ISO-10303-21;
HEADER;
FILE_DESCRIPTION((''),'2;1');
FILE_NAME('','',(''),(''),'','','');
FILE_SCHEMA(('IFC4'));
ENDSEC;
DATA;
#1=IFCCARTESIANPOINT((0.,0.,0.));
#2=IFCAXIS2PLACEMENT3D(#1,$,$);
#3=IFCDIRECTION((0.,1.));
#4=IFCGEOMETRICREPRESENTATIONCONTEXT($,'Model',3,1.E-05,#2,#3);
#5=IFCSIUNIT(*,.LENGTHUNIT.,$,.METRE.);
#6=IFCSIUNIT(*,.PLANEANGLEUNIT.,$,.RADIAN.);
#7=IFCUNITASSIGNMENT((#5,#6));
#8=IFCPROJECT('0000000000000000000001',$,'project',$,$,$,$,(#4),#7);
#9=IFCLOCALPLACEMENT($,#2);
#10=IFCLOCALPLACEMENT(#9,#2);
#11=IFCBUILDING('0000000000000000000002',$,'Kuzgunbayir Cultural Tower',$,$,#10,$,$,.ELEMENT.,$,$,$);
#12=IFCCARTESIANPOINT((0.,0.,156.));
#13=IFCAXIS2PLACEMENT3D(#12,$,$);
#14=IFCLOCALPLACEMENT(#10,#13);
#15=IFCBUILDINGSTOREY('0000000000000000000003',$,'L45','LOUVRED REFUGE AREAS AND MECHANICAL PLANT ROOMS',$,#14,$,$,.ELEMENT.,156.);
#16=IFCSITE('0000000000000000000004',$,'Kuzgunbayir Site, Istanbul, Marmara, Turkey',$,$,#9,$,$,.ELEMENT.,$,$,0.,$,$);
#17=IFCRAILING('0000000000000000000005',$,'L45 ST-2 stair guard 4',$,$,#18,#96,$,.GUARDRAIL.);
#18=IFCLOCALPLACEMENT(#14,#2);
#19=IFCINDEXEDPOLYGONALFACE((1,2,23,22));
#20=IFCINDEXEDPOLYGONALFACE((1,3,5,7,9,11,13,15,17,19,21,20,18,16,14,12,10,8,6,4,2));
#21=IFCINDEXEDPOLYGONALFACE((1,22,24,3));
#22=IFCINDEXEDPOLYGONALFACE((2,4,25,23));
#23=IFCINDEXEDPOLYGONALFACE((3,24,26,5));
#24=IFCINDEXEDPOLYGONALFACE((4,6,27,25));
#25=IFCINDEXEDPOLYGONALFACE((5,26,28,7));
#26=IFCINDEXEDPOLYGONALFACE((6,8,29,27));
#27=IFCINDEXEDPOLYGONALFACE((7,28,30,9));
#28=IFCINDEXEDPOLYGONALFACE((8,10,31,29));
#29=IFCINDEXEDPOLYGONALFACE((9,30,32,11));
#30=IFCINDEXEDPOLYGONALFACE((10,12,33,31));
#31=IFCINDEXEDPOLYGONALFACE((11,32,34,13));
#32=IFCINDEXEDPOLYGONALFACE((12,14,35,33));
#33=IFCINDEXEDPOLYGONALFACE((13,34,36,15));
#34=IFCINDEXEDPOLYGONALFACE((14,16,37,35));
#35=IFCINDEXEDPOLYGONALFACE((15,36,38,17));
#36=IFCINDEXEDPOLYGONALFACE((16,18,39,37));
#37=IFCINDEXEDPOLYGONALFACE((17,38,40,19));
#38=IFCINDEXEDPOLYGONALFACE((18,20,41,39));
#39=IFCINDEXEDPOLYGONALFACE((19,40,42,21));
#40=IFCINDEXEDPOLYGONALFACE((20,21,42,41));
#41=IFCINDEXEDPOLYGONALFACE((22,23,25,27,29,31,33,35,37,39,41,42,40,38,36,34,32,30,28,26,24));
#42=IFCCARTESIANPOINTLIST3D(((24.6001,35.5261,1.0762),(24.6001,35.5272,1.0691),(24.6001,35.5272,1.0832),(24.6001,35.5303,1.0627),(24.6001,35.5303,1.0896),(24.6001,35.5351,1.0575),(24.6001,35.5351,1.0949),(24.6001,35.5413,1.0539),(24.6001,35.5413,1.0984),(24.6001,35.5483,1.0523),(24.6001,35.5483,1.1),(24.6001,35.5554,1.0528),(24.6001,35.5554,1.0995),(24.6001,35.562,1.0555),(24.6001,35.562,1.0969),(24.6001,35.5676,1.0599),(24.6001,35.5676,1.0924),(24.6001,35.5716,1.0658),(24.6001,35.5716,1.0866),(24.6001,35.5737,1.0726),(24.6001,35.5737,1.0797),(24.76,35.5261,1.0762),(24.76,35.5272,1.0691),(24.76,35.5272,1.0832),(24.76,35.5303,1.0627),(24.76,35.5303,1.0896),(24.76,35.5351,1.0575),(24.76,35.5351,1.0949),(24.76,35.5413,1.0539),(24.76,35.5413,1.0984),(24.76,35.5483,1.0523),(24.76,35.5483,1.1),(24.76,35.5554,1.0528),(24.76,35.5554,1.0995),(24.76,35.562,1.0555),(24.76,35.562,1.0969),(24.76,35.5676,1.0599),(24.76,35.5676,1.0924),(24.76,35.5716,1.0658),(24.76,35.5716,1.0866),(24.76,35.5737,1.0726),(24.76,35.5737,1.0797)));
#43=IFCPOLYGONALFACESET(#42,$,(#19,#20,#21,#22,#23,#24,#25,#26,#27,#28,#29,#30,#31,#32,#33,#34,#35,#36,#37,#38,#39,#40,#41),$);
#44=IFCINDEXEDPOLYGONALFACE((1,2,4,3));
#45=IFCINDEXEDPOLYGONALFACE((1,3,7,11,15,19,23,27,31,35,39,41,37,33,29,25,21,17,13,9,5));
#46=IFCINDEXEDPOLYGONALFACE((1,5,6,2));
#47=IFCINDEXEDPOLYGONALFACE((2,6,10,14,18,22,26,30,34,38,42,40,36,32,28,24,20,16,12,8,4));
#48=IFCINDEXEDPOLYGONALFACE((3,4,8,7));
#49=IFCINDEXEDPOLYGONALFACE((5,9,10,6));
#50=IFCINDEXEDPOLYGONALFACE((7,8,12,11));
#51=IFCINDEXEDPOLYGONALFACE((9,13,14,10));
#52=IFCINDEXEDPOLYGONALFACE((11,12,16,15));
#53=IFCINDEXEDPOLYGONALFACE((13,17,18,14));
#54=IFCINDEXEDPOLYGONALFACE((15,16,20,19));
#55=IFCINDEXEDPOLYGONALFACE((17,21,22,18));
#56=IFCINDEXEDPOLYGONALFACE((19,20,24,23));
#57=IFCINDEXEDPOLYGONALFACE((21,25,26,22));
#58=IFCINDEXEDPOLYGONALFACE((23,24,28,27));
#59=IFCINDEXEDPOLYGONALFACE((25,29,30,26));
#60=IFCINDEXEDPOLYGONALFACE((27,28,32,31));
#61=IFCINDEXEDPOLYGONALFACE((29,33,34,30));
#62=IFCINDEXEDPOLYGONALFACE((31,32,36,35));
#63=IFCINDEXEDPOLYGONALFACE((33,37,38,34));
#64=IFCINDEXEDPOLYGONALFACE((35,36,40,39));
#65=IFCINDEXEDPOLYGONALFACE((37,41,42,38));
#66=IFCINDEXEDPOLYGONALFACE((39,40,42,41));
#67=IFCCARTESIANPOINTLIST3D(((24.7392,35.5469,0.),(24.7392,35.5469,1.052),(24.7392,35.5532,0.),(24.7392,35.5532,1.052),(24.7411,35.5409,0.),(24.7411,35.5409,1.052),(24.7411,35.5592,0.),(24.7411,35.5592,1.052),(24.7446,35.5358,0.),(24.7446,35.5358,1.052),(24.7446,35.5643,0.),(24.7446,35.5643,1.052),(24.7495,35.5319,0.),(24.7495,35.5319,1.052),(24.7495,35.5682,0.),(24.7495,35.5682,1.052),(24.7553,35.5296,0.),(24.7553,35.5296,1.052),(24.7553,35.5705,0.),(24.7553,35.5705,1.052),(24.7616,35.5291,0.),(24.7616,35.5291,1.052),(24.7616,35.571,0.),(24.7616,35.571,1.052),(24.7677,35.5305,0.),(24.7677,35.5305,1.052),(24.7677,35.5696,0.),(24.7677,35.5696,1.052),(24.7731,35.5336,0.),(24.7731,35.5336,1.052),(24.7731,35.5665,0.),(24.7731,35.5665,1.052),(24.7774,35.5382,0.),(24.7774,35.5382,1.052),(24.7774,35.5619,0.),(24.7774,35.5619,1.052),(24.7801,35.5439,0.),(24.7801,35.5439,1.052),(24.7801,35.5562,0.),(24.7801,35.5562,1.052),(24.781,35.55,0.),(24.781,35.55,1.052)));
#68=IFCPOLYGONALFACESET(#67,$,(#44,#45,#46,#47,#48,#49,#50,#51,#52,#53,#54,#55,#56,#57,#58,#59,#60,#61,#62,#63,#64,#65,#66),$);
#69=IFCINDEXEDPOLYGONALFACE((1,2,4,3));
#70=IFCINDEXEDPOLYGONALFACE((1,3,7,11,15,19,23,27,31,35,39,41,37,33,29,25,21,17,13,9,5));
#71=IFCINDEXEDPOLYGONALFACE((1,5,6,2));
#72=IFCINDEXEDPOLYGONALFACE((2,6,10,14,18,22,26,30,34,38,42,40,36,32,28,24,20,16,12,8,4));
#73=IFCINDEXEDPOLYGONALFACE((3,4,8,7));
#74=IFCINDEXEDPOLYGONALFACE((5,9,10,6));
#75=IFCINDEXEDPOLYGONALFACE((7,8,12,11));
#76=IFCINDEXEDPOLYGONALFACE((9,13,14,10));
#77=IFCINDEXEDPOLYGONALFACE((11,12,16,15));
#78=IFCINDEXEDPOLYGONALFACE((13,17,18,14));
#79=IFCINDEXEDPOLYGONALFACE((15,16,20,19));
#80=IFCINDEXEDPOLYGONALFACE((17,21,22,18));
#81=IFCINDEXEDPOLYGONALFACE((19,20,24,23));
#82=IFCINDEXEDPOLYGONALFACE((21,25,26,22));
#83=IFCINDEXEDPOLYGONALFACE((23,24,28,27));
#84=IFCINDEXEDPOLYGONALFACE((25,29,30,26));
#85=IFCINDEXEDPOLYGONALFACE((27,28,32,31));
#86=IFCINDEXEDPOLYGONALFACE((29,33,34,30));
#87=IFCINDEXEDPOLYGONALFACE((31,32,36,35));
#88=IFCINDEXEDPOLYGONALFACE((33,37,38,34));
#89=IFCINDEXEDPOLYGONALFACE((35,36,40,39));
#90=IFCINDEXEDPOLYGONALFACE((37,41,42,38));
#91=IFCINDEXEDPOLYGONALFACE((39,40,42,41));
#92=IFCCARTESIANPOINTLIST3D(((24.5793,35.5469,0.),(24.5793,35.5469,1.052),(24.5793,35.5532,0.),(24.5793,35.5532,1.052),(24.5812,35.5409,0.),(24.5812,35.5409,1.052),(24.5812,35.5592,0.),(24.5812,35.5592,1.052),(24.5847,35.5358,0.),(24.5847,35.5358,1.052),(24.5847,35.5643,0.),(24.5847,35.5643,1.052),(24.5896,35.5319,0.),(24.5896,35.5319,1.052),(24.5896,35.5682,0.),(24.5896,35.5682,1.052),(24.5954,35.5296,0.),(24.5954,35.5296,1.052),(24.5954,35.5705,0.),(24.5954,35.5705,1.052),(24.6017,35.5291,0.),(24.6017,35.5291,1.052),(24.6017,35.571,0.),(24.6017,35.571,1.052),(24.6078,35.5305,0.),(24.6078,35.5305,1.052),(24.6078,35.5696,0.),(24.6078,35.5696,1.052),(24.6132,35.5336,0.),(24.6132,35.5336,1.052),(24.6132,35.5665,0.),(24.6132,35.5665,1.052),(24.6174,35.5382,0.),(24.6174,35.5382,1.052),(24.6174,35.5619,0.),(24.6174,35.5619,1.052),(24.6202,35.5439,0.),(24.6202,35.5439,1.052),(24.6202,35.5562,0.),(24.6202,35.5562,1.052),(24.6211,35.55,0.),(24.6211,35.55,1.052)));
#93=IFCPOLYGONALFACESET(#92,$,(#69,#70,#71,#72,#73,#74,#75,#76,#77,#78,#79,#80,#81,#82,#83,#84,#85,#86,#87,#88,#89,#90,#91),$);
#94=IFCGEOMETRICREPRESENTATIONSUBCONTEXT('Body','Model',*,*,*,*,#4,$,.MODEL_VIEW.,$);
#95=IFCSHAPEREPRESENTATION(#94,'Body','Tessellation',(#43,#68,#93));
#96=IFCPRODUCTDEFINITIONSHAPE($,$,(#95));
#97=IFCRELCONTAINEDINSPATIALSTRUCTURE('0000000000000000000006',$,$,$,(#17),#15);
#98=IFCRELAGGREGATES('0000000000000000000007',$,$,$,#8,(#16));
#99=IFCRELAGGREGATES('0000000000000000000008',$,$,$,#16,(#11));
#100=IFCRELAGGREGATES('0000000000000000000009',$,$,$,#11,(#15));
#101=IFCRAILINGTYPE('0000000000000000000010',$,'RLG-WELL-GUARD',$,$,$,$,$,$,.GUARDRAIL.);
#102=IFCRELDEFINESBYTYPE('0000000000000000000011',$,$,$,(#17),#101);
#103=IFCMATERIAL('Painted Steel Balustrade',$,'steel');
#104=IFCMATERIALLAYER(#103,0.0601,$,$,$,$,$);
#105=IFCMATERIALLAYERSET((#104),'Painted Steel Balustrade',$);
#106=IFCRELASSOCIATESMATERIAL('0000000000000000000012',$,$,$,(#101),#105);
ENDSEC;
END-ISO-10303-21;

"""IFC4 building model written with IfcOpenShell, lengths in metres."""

from ifc_helpers import new_model, si_unit, direction, frame, origin, origin_2d, place, context, subcontext, project, spatial, circle, extrude, material, layer, layer_set, type_object, element, save


model = new_model("IFC4")

# Units and contexts
model_context = context("Model", 3, precision=1e-05, world=origin(), true_north=direction((0.0, 1.0)))
body_context = subcontext(model_context, "Body", "Model", "MODEL_VIEW")
ifc_project = project(units=[si_unit("LENGTHUNIT", "METRE"), si_unit("PLANEANGLEUNIT", "RADIAN")], contexts=[model_context])

# Site, building, storey
site_placement = place(None, origin())
site = spatial("IfcSite", under=ifc_project, at=site_placement, Name="Kuzgunbayir Site, Istanbul, Marmara, Turkey", CompositionType="ELEMENT", RefElevation=0.0)
building_placement = place(site_placement, origin())
building = spatial("IfcBuilding", under=site, at=building_placement, Name="Kuzgunbayir Cultural Tower", CompositionType="ELEMENT")
storey_placement = place(building_placement, frame((0.0, 0.0, 156.0)))
storey = spatial("IfcBuildingStorey", under=building, at=storey_placement, Name="L45", Description="LOUVRED REFUGE AREAS AND MECHANICAL PLANT ROOMS", CompositionType="ELEMENT", Elevation=156.0)

# Railing
ifc_material_1 = material(Name="Painted Steel Balustrade", Category="steel")
ifc_layer_1 = layer(ifc_material_1, 0.0601)
ifc_layer_set_1 = layer_set([ifc_layer_1], Name="Painted Steel Balustrade")
railing_type_1 = type_object("IfcRailingType", Name="RLG-WELL-GUARD", PredefinedType="GUARDRAIL", material=ifc_layer_set_1)
railing_1_placement = place(storey_placement, frame((24.76, 35.55, 0.0)))
element("IfcRailing", 1, at=railing_1_placement, inside=storey, type_object=railing_type_1, Name="L45 ST-2 stair guard 4", PredefinedType="GUARDRAIL", context=body_context, shape_type="SweptSolid", body=[
    extrude(circle(Radius=0.0239, at=origin_2d()), frame((0.0, 0.0, 1.0762), z_axis=(-1.0, 0.0, 0.0), x_axis=(0.0, -1.0, 0.0)), (0.0, 0.0, 1.0), 0.1599),
    extrude(circle(Radius=0.021, at=origin_2d()), origin(), (0.0, 0.0, 1.0), 1.052),
    extrude(circle(Radius=0.021, at=origin_2d()), frame((-0.1599, 0.0, 0.0)), (0.0, 0.0, 1.0), 1.052),
])

save(model, "model.ifc")
